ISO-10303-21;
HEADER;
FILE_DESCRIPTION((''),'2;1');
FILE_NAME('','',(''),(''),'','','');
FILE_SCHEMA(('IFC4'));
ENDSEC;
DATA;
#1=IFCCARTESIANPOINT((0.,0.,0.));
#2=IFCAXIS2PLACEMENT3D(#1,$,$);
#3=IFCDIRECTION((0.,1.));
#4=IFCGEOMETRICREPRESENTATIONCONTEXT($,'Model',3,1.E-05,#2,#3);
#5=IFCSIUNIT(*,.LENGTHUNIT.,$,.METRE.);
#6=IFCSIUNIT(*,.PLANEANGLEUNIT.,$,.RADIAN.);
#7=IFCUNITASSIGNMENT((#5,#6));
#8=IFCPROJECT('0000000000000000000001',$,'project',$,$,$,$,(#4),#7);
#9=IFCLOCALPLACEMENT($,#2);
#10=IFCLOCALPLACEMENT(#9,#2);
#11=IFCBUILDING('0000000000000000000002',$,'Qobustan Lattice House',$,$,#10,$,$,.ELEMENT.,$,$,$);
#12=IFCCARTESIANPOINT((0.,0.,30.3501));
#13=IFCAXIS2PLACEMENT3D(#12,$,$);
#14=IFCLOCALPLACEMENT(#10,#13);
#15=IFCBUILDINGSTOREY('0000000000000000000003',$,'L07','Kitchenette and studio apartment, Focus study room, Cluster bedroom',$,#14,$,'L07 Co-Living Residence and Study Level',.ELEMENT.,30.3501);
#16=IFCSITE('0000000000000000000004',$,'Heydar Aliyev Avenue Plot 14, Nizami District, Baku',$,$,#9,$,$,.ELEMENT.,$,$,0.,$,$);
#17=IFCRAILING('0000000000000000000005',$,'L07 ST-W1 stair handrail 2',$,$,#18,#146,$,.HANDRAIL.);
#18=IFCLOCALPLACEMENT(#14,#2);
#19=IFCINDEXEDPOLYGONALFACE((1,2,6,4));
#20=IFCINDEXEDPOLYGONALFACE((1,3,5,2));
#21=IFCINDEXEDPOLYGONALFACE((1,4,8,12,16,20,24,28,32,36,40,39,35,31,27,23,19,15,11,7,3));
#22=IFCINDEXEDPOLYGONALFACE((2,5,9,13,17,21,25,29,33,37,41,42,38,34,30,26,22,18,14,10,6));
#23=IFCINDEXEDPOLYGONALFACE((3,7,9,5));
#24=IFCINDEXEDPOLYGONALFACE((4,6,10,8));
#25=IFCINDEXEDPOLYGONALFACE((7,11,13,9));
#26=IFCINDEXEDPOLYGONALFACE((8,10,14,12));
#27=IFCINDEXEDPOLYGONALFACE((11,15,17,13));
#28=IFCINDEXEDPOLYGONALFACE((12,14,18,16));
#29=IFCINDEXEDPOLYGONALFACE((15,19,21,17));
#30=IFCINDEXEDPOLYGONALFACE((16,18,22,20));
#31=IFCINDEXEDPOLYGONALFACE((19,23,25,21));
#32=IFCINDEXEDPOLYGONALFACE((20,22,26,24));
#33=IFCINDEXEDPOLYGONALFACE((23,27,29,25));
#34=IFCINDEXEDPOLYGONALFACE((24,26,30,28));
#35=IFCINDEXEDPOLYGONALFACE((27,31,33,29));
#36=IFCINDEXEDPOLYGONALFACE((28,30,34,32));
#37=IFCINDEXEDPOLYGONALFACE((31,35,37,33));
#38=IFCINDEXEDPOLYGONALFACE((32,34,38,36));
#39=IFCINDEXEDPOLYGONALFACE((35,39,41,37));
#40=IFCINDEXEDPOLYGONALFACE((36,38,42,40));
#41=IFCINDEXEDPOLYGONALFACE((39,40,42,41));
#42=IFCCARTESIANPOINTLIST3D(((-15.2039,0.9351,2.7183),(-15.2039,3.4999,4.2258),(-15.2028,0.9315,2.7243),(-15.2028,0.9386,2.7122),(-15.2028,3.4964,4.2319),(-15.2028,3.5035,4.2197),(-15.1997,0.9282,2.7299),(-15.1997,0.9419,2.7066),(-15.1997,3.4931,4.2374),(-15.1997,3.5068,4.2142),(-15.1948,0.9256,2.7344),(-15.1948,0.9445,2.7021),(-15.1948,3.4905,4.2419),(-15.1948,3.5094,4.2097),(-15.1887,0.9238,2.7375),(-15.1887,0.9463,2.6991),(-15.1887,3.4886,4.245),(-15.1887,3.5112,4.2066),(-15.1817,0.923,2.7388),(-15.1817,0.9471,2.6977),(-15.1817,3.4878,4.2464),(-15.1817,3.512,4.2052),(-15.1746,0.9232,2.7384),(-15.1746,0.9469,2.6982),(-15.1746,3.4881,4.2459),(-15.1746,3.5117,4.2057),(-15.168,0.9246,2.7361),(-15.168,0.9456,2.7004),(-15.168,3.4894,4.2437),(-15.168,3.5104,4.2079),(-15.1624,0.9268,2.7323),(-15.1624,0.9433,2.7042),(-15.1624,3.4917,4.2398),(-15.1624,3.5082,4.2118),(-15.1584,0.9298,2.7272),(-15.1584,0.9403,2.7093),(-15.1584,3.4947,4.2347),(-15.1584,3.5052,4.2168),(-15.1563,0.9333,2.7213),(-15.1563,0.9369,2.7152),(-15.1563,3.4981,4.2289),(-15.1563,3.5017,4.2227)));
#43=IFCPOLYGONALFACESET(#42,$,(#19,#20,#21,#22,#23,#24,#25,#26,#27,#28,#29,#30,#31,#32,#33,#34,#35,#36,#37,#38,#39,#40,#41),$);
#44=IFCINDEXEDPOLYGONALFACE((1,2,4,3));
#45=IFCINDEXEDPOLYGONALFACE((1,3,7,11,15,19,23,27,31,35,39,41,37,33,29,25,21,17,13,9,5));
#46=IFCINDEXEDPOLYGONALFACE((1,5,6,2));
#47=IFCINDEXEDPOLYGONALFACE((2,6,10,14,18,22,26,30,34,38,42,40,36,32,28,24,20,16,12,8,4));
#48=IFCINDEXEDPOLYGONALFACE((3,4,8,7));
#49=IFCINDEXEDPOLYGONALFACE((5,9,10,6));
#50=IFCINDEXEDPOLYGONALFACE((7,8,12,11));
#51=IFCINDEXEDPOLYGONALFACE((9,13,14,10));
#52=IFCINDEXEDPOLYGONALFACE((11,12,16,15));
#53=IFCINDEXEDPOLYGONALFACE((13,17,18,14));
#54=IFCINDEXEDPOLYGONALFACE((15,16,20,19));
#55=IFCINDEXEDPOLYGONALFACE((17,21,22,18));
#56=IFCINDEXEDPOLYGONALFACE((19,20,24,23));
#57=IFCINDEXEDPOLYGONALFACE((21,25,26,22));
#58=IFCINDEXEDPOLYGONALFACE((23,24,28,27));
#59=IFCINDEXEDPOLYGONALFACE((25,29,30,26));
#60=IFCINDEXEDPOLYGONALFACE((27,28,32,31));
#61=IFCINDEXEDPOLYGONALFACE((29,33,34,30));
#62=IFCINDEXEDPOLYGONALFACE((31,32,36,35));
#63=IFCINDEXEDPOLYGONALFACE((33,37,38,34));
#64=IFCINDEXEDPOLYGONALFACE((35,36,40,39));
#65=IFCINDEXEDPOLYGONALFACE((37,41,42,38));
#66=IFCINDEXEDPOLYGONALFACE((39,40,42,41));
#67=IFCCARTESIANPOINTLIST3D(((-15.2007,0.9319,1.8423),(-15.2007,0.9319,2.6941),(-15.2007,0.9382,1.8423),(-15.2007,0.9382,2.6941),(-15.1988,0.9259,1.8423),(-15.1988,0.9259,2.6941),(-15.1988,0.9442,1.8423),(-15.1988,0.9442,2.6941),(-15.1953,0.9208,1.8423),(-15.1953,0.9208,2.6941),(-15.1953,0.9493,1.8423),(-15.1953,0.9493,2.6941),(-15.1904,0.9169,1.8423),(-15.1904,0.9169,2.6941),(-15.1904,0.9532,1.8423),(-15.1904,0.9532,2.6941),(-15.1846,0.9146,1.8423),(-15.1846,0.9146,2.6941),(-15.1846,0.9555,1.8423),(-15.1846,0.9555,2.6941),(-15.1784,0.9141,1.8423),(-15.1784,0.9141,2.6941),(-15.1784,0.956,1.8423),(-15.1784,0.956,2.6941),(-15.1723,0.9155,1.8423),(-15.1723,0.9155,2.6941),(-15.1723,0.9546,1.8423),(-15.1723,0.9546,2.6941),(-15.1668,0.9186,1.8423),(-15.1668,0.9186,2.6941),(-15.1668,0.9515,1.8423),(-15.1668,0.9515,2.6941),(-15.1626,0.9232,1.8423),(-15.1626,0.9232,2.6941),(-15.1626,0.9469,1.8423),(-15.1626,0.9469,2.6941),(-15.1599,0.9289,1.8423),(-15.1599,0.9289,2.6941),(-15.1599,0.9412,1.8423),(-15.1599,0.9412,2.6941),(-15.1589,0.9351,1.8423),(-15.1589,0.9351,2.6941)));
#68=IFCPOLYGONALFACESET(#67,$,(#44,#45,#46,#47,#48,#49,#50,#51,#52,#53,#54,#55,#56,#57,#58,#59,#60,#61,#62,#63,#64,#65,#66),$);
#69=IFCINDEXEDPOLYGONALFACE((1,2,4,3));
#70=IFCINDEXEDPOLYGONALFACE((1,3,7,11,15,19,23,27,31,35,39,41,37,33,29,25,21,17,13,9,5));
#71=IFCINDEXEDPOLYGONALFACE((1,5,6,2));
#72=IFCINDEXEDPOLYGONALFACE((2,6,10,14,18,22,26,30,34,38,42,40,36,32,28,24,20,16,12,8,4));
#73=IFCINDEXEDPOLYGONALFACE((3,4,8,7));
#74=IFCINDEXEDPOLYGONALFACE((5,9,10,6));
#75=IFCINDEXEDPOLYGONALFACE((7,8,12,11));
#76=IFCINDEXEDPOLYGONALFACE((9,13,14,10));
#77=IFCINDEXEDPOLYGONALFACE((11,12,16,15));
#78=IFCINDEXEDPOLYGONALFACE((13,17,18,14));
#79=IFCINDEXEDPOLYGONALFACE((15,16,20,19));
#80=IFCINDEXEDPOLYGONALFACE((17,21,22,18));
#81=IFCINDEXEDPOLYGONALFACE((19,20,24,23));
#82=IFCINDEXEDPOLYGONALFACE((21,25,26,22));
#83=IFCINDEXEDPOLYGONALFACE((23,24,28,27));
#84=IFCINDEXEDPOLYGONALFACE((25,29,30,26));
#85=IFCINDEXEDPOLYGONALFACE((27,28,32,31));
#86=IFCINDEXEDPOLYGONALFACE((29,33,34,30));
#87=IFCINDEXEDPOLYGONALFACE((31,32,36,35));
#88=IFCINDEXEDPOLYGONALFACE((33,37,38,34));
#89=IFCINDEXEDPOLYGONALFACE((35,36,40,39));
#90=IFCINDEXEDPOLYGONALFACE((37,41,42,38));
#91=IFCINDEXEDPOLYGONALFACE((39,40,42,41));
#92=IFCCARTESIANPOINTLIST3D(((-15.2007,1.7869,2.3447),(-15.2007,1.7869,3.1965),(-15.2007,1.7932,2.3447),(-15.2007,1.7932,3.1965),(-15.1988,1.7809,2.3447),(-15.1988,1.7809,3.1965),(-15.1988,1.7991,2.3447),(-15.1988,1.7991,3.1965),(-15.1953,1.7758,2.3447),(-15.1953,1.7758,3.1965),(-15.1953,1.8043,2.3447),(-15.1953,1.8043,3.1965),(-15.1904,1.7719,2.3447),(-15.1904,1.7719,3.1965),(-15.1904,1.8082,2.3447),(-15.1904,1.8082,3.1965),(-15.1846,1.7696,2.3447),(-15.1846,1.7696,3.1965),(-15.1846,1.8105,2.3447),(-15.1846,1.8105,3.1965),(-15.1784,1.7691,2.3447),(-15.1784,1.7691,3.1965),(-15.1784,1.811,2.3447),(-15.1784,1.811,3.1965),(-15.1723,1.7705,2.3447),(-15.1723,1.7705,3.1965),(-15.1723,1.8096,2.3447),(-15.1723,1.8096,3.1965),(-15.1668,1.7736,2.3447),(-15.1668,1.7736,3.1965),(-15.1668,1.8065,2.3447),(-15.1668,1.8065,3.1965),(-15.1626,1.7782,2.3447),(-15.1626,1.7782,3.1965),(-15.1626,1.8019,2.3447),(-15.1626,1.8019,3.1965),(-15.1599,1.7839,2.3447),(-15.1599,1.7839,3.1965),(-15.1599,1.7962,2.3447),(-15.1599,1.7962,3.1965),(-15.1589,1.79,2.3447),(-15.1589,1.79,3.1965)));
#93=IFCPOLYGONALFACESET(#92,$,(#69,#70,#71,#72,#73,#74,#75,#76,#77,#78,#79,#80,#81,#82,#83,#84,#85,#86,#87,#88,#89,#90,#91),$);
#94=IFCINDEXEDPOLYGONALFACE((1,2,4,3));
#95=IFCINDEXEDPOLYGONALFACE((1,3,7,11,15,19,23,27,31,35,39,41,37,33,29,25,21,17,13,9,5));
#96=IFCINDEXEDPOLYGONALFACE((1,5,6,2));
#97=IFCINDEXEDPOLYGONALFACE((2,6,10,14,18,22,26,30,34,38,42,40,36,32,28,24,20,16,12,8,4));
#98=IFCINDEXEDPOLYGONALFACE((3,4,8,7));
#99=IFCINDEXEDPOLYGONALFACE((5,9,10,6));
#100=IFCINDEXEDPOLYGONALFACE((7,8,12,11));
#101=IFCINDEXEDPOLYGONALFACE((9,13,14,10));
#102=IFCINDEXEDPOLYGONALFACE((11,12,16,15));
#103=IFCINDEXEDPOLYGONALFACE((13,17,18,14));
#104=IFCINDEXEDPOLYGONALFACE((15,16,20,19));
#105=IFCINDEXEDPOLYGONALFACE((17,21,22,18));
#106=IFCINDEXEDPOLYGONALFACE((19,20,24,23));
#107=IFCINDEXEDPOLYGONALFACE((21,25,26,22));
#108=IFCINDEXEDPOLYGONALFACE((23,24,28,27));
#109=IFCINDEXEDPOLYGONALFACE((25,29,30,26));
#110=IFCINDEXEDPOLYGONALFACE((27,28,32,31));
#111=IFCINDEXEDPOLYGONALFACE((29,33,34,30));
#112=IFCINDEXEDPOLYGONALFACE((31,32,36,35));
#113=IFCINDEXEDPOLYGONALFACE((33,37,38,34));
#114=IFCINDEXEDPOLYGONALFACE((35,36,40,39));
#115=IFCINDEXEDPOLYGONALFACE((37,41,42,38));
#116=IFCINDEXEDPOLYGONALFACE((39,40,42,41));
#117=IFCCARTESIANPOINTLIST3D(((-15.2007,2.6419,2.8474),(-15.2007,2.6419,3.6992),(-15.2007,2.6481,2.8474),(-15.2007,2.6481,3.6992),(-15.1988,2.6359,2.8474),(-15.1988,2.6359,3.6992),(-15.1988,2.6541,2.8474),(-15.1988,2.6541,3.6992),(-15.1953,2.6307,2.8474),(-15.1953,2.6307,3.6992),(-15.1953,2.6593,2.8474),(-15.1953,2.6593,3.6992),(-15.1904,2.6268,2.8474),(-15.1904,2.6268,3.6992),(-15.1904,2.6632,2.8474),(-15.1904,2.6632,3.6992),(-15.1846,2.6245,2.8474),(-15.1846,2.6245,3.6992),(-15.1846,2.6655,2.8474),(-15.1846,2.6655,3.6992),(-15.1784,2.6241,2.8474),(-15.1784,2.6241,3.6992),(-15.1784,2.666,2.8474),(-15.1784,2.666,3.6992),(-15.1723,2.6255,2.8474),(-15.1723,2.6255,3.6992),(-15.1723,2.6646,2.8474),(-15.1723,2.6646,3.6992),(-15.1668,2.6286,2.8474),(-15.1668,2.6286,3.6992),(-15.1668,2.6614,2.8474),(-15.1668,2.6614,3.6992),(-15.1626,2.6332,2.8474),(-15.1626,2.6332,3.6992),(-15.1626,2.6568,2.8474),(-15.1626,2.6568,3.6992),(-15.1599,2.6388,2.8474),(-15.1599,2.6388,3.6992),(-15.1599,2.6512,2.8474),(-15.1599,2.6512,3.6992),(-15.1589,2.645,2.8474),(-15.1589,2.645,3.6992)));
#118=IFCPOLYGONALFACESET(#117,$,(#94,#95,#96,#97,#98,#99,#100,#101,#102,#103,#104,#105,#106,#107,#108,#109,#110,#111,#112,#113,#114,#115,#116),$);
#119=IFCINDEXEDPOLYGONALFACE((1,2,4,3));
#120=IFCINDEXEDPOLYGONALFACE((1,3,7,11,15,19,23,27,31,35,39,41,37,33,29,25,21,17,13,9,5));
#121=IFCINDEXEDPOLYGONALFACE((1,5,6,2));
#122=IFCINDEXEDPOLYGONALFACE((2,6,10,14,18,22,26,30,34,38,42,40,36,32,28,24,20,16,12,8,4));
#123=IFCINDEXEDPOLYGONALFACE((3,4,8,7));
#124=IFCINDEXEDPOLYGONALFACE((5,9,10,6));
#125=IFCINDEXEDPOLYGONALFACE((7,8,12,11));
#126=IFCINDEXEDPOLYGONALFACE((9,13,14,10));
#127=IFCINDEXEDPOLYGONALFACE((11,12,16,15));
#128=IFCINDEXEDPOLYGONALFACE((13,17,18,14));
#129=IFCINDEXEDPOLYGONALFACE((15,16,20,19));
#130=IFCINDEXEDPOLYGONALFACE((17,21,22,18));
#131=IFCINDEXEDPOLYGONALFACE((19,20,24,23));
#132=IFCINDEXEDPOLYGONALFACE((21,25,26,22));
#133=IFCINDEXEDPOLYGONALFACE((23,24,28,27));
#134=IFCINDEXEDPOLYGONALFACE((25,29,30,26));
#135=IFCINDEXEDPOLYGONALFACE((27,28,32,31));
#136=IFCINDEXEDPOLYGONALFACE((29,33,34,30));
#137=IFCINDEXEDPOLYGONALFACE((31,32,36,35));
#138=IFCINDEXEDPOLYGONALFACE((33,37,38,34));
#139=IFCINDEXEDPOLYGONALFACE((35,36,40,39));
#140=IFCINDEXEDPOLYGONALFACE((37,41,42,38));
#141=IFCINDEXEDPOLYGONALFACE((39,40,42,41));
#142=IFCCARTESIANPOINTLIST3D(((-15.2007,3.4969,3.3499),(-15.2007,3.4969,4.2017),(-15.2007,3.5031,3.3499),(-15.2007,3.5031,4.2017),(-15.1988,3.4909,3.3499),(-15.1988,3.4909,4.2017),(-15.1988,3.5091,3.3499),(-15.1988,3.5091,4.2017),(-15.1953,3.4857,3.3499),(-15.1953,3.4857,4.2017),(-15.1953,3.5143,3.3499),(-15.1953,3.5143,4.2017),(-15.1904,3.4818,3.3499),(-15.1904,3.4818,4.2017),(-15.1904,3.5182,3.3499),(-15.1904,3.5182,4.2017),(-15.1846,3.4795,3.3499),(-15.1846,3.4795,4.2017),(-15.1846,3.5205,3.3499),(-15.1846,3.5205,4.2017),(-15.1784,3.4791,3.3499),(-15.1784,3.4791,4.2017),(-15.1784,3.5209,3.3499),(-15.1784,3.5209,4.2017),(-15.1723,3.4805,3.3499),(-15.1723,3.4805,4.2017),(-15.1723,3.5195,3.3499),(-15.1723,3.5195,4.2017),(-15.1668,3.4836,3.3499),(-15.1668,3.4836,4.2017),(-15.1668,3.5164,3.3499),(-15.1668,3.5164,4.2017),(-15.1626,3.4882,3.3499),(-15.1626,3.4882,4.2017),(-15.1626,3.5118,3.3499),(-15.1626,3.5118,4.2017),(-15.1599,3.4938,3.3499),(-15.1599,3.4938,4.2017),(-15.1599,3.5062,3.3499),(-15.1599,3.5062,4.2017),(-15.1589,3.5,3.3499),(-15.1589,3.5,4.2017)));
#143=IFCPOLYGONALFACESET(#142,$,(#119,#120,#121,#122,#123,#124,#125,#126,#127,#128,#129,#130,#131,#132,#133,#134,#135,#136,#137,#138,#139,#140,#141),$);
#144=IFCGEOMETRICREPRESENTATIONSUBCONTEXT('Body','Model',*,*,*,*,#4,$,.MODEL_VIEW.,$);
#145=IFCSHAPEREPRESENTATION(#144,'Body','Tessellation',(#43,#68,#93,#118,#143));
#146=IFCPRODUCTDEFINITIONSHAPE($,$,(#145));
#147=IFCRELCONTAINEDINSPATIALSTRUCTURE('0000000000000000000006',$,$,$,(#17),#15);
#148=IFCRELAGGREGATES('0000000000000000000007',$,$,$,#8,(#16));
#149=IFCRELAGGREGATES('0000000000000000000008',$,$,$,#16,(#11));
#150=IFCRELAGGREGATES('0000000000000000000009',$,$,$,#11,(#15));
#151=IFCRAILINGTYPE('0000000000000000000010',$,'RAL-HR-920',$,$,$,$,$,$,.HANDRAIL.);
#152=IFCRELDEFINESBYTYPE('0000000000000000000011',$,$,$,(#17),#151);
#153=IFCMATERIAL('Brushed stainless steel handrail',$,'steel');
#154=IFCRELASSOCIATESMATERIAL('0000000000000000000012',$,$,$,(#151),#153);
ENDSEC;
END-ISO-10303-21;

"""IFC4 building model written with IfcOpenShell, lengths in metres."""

from ifc_helpers import new_model, si_unit, direction, frame, origin, origin_2d, place, context, subcontext, project, spatial, circle, extrude, material, type_object, element, save


model = new_model("IFC4")

# Units and contexts
model_context = context("Model", 3, precision=1e-05, world=origin(), true_north=direction((0.0, 1.0)))
body_context = subcontext(model_context, "Body", "Model", "MODEL_VIEW")
ifc_project = project(units=[si_unit("LENGTHUNIT", "METRE"), si_unit("PLANEANGLEUNIT", "RADIAN")], contexts=[model_context])

# Site, building, storey
site_placement = place(None, origin())
site = spatial("IfcSite", under=ifc_project, at=site_placement, Name="Heydar Aliyev Avenue Plot 14, Nizami District, Baku", CompositionType="ELEMENT", RefElevation=0.0)
building_placement = place(site_placement, origin())
building = spatial("IfcBuilding", under=site, at=building_placement, Name="Qobustan Lattice House", CompositionType="ELEMENT")
storey_placement = place(building_placement, frame((0.0, 0.0, 30.3501)))
storey = spatial("IfcBuildingStorey", under=building, at=storey_placement, Name="L07", Description="Kitchenette and studio apartment, Focus study room, Cluster bedroom", LongName="L07 Co-Living Residence and Study Level", CompositionType="ELEMENT", Elevation=30.3501)

# Railing
ifc_material_1 = material(Name="Brushed stainless steel handrail", Category="steel")
railing_type_1 = type_object("IfcRailingType", Name="RAL-HR-920", PredefinedType="HANDRAIL", material=ifc_material_1)
railing_1_placement = place(storey_placement, frame((-15.1799, 0.9351, 1.8423)))
element("IfcRailing", 1, at=railing_1_placement, inside=storey, type_object=railing_type_1, Name="L07 ST-W1 stair handrail 2", PredefinedType="HANDRAIL", context=body_context, shape_type="SweptSolid", body=[
    extrude(circle(Radius=0.0239, at=origin_2d()), frame((0.0, 0.0, 0.876), z_axis=(0.0, 0.862113, 0.506715), x_axis=(-1.0, 0.0, 0.0)), (0.0, 0.0, 1.0), 2.9751),
    extrude(circle(Radius=0.021, at=origin_2d()), origin(), (0.0, 0.0, 1.0), 0.8518),
    extrude(circle(Radius=0.021, at=origin_2d()), frame((0.0, 0.855, 0.5024)), (0.0, 0.0, 1.0), 0.8518),
    extrude(circle(Radius=0.021, at=origin_2d()), frame((0.0, 1.71, 1.0051)), (0.0, 0.0, 1.0), 0.8518),
    extrude(circle(Radius=0.021, at=origin_2d()), frame((0.0, 2.5649, 1.5076)), (0.0, 0.0, 1.0), 0.8518),
])

save(model, "model.ifc")
